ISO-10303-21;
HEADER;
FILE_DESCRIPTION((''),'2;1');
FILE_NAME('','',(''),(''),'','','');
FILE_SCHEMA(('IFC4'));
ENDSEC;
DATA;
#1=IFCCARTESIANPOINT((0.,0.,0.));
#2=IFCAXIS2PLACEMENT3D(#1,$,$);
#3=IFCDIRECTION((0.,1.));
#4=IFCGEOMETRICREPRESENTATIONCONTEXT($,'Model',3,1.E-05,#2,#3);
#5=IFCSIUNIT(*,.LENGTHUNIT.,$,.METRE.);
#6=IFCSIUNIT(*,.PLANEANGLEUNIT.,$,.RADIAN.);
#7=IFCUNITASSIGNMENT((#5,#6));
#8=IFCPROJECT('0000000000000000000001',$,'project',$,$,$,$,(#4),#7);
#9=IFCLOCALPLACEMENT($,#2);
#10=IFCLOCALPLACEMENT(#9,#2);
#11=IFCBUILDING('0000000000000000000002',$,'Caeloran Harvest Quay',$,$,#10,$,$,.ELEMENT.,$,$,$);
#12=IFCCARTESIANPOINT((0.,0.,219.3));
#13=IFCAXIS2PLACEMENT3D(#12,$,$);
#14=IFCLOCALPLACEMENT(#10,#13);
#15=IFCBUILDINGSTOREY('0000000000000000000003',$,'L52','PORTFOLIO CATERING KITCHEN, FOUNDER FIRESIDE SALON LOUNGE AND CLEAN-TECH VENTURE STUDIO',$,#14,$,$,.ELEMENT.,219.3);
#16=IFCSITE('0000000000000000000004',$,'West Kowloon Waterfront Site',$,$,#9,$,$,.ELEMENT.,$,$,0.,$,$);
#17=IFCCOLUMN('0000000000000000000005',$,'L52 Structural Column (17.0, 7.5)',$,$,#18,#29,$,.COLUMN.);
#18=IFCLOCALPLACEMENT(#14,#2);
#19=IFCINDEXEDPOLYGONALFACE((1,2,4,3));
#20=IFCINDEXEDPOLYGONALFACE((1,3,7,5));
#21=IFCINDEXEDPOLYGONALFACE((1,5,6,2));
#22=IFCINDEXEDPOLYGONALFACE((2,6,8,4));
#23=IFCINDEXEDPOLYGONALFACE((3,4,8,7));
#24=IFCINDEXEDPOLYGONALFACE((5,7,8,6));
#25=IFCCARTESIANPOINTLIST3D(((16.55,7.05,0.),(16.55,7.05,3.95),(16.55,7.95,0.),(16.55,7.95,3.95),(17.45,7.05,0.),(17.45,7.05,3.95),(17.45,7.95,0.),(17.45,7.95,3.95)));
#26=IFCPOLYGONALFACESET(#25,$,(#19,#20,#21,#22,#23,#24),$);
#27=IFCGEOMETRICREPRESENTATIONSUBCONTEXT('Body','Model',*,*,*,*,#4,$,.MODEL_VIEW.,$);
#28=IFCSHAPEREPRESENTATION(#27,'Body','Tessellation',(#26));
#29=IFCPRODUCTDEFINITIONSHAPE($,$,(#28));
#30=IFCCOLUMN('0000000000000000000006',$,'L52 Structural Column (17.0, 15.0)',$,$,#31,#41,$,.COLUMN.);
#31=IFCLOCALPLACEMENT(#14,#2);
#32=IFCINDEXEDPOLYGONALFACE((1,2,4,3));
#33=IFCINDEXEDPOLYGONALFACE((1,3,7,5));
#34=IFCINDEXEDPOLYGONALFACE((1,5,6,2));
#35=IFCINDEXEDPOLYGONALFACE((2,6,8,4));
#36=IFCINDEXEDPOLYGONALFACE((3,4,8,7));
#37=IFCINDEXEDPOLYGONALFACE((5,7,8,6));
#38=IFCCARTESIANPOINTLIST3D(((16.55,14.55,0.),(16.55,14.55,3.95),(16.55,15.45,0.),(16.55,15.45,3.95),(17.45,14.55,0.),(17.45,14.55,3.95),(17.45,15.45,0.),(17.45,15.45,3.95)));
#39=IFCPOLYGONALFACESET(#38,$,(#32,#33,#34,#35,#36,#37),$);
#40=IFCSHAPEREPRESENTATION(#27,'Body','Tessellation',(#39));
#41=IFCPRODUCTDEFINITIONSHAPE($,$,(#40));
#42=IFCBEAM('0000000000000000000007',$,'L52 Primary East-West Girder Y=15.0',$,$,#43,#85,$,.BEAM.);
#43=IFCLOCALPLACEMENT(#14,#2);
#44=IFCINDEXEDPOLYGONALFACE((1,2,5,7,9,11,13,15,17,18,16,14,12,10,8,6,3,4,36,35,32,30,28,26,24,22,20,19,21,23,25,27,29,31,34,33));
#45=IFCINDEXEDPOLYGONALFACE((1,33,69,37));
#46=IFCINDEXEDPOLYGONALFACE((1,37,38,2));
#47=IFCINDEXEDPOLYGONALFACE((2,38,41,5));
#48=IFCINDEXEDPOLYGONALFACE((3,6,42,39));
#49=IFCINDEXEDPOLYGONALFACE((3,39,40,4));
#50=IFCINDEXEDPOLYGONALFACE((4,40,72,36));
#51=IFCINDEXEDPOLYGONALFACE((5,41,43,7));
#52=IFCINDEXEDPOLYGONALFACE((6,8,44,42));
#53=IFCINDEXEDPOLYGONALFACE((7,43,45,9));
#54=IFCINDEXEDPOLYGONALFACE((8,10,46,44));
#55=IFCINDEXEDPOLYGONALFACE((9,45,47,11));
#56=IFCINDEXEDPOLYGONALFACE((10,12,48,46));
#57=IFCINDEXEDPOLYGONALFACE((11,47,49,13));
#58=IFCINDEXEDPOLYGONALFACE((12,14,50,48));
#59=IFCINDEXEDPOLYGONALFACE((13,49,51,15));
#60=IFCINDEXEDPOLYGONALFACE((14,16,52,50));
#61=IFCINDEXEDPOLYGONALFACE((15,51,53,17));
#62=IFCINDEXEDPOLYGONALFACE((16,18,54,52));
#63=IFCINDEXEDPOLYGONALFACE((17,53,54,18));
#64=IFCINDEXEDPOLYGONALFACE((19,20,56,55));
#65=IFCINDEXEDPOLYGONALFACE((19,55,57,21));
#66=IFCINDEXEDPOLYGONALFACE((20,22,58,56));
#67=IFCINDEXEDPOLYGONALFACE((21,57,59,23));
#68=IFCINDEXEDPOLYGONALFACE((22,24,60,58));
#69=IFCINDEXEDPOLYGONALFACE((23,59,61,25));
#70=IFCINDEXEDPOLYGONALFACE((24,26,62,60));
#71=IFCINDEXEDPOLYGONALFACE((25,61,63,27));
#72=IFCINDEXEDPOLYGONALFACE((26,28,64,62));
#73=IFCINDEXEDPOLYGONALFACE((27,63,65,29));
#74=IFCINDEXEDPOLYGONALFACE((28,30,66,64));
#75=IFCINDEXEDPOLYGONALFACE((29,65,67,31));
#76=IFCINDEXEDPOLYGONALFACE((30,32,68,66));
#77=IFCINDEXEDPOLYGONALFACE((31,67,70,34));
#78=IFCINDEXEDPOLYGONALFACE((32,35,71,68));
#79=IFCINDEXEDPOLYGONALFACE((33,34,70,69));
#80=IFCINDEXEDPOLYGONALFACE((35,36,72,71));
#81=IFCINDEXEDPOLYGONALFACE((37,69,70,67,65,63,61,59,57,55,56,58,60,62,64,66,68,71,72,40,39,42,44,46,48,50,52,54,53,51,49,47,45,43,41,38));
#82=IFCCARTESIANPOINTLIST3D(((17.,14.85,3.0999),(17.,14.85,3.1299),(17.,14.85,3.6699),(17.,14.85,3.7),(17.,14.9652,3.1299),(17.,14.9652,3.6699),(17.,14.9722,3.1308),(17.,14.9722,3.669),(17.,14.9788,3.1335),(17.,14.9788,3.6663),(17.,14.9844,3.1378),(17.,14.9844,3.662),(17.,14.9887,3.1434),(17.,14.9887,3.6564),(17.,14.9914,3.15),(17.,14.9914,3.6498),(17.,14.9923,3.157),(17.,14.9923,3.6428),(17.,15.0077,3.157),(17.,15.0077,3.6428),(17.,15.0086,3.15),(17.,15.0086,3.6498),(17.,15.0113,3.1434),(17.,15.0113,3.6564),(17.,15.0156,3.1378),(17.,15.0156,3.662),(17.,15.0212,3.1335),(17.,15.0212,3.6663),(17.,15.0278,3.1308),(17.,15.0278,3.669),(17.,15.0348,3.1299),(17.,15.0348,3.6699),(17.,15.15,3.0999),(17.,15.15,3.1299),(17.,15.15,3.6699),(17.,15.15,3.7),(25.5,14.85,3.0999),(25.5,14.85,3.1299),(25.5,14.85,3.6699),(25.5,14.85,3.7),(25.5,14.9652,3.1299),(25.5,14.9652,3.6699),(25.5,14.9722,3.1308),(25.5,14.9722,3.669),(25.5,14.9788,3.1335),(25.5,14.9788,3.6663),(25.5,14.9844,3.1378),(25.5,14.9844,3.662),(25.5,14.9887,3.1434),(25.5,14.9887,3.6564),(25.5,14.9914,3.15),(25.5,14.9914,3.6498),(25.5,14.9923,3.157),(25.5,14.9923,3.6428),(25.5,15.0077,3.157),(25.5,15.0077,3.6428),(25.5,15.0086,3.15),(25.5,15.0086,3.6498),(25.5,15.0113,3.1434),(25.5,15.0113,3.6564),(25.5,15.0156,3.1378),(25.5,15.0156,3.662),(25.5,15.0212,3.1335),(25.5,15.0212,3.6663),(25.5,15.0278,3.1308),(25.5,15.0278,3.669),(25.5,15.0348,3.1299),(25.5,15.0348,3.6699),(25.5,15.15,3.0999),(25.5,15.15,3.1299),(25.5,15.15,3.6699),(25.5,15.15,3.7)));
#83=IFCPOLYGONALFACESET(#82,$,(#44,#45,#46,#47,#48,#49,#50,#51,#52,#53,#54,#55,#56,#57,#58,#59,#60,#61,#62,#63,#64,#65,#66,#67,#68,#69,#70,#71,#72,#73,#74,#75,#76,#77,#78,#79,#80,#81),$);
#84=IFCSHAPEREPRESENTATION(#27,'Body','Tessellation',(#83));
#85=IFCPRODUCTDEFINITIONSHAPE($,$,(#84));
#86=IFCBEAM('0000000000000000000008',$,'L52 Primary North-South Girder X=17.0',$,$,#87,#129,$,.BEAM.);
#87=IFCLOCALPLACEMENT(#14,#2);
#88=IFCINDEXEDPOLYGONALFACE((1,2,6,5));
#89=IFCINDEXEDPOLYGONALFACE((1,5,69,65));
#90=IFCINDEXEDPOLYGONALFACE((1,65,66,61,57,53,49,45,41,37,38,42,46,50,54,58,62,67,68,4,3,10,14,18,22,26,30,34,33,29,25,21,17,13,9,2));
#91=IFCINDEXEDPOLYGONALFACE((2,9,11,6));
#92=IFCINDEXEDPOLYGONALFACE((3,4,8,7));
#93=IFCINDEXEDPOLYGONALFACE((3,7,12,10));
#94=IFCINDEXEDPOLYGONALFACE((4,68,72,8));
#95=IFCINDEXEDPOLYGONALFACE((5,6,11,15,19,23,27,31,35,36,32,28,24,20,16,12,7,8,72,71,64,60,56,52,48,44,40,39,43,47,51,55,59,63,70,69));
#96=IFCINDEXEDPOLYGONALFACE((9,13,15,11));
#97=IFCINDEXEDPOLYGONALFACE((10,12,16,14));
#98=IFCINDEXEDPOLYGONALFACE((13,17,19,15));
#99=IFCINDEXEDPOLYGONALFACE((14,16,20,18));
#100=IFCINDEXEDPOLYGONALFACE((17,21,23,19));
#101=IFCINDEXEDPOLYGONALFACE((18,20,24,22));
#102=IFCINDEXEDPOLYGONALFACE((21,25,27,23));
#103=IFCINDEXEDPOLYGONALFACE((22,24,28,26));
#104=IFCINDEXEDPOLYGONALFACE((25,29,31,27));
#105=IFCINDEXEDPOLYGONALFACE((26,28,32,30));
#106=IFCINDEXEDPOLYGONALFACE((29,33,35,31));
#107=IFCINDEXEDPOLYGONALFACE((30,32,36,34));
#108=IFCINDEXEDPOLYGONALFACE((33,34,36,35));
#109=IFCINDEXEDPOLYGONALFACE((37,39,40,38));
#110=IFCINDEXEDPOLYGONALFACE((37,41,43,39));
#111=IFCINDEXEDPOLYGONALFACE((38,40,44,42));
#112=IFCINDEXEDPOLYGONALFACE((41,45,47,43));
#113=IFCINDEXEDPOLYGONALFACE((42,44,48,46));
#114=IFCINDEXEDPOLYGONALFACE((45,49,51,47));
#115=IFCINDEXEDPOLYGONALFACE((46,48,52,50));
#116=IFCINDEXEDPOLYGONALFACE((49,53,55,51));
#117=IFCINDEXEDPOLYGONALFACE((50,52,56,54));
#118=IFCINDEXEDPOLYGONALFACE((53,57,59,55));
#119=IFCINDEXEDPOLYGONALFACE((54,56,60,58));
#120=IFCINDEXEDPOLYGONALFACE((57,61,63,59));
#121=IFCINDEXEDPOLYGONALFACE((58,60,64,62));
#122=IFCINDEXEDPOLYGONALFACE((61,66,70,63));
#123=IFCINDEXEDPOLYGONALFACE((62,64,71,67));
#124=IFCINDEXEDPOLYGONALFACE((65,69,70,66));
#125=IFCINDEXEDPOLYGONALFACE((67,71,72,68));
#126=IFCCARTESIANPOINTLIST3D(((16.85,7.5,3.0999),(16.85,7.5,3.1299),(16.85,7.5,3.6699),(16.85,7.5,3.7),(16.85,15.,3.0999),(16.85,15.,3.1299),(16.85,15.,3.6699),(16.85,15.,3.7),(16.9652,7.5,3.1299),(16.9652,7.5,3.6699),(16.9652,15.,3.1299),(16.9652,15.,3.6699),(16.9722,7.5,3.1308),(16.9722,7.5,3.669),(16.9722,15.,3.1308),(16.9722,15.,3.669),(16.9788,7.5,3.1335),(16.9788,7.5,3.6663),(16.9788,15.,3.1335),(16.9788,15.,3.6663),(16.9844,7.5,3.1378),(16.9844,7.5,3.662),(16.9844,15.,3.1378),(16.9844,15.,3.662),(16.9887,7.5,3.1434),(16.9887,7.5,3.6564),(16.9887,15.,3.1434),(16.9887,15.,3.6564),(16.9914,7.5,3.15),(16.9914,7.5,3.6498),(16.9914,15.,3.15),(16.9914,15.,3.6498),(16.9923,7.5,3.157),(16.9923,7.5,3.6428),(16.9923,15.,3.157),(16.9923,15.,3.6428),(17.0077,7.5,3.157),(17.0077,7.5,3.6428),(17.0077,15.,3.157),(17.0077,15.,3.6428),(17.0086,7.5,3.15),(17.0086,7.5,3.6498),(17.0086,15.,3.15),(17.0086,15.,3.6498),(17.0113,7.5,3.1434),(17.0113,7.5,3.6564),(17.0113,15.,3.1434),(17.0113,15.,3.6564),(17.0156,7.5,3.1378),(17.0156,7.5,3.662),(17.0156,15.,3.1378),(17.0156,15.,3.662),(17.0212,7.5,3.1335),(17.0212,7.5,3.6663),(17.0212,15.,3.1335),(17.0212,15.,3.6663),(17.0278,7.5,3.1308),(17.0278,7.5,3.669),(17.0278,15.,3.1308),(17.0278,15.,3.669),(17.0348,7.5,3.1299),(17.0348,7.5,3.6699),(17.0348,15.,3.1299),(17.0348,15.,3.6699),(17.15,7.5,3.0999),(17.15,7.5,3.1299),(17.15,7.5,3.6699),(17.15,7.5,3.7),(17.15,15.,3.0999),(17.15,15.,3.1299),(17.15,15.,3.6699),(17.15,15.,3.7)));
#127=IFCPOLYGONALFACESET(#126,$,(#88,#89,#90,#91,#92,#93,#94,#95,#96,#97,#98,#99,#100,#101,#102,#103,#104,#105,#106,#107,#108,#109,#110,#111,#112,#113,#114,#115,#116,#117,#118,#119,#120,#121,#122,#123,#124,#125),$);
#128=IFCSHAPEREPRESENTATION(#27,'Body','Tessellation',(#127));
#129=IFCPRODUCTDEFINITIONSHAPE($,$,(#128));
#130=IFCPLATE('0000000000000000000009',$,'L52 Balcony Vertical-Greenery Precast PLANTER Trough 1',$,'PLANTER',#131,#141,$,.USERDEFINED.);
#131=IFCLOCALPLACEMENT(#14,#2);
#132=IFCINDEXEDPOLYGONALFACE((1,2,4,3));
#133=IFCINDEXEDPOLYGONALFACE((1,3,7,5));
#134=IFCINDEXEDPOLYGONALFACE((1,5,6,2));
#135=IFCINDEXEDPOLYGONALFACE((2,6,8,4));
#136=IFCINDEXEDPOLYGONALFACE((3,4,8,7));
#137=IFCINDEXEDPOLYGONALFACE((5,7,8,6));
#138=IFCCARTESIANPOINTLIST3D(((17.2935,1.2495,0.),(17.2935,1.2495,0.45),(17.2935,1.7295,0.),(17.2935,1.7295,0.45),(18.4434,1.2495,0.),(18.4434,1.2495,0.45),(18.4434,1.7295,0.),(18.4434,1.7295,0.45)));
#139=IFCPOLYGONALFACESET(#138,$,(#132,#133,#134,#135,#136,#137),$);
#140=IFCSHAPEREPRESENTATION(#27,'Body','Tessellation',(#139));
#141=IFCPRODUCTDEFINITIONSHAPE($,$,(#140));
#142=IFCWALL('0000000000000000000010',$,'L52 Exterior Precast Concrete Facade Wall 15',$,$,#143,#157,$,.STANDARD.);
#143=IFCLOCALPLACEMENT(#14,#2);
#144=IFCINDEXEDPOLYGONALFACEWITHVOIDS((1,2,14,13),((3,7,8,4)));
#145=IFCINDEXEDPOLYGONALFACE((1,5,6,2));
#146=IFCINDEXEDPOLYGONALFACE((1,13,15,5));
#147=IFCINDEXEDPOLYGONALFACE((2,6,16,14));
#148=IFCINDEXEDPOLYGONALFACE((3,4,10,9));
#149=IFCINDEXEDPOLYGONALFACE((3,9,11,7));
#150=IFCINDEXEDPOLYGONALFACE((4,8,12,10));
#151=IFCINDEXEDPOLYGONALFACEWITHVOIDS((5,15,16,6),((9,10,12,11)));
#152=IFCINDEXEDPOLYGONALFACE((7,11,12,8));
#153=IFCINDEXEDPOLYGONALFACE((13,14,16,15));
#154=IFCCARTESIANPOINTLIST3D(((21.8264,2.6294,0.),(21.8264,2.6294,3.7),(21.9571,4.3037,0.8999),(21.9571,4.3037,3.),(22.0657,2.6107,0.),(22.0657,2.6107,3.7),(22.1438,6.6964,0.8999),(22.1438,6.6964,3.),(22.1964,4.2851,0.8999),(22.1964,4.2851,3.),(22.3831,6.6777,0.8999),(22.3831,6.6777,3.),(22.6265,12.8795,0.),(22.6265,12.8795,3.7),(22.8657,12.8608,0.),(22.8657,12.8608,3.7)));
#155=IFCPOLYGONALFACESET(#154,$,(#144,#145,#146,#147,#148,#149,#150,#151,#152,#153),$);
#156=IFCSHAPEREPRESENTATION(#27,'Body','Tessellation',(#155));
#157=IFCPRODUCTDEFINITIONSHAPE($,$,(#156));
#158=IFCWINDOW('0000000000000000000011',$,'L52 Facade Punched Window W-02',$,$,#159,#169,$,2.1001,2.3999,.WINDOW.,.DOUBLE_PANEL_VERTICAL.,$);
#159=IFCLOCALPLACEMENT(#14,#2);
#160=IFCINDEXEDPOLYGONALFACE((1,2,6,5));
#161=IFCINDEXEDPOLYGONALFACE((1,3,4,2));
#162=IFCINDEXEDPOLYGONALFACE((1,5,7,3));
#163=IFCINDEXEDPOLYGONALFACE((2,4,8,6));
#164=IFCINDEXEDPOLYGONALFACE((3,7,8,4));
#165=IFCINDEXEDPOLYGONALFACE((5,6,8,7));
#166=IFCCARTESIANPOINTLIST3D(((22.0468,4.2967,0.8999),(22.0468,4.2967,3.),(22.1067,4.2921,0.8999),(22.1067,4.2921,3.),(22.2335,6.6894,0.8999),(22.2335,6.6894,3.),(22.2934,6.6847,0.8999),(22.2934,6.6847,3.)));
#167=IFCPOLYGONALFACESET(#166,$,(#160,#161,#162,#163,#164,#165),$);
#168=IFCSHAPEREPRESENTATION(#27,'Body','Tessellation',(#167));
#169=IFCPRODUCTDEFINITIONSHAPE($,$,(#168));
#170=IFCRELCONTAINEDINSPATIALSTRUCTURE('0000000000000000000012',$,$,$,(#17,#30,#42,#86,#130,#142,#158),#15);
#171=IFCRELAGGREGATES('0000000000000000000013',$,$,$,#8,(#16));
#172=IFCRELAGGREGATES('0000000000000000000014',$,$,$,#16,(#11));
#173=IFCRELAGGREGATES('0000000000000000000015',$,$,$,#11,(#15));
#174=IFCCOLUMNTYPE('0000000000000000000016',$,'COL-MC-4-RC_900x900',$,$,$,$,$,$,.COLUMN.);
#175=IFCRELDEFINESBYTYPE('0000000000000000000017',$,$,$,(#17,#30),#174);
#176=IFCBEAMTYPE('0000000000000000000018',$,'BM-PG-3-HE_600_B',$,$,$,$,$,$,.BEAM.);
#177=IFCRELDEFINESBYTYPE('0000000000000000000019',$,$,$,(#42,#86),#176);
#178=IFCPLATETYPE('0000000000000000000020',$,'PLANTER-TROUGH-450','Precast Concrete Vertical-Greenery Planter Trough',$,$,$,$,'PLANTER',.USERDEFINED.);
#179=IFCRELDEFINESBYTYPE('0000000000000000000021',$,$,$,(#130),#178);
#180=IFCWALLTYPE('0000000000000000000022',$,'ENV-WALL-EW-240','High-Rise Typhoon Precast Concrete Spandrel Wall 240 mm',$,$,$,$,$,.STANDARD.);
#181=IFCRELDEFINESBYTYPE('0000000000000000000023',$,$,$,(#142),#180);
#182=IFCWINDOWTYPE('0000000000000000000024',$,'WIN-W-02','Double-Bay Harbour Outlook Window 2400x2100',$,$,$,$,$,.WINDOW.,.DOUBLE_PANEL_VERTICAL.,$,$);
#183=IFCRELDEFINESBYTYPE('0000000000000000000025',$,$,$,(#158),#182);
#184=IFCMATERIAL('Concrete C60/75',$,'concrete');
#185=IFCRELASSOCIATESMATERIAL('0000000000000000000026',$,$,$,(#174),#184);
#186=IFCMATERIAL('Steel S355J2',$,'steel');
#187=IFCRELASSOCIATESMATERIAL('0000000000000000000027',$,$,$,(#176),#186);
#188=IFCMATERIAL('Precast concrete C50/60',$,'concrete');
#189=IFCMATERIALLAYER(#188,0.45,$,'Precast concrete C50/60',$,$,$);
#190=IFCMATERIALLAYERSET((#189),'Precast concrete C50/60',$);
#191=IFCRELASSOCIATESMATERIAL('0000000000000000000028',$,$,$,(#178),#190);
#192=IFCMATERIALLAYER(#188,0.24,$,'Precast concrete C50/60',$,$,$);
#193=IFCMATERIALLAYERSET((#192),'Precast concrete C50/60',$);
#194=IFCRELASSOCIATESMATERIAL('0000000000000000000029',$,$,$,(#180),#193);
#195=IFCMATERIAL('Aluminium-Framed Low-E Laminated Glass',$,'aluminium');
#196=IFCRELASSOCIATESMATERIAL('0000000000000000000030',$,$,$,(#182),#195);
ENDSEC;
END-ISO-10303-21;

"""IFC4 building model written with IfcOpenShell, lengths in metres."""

from ifc_helpers import new_model, si_unit, direction, frame, frame_2d, origin, origin_2d, place, context, subcontext, project, spatial, rectangle, i_section, extrude, material, layer, layer_set, material_profile, profile_set, type_object, element, fill, save


model = new_model("IFC4")

# Units and contexts
model_context = context("Model", 3, precision=1e-05, world=origin(), true_north=direction((0.0, 1.0)))
body_context = subcontext(model_context, "Body", "Model", "MODEL_VIEW")
ifc_project = project(units=[si_unit("LENGTHUNIT", "METRE"), si_unit("PLANEANGLEUNIT", "RADIAN")], contexts=[model_context])

# Site, building, storey
site_placement = place(None, origin())
site = spatial("IfcSite", under=ifc_project, at=site_placement, Name="West Kowloon Waterfront Site", CompositionType="ELEMENT", RefElevation=0.0)
building_placement = place(site_placement, origin())
building = spatial("IfcBuilding", under=site, at=building_placement, Name="Caeloran Harvest Quay", CompositionType="ELEMENT")
storey_placement = place(building_placement, frame((0.0, 0.0, 219.3)))
storey = spatial("IfcBuildingStorey", under=building, at=storey_placement, Name="L52", Description="PORTFOLIO CATERING KITCHEN, FOUNDER FIRESIDE SALON LOUNGE AND CLEAN-TECH VENTURE STUDIO", CompositionType="ELEMENT", Elevation=219.3)

# Columns
ifc_material_1 = material(Name="Concrete C60/75", Category="concrete")
ifc_material_profile_1 = material_profile(ifc_material_1, rectangle(XDim=0.8999, YDim=0.8999, at=origin_2d()), Name="RC 900x900")
ifc_profile_set_1 = profile_set([ifc_material_profile_1], Name="Concrete C60/75")
column_type = type_object("IfcColumnType", Name="COL-MC-4-RC_900x900", PredefinedType="COLUMN", material=ifc_profile_set_1)
for number, where, z_axis, x_axis, name in (
    (1, (17.0, 7.5, 0.0), (0.0, 0.0, 1.0), (1.0, 0.0, 0.0), "L52 Structural Column (17.0, 7.5)"),
    (2, (17.0, 15.0, 0.0), (0.0, 0.0, 1.0), (1.0, 0.0, 0.0), "L52 Structural Column (17.0, 15.0)"),
):
    element("IfcColumn", number, at=place(storey_placement, frame(where, z_axis=z_axis, x_axis=x_axis)), inside=storey, type_object=column_type, Name=name, PredefinedType="COLUMN", context=body_context, shape_type="SweptSolid", body=[
        extrude(rectangle(XDim=0.8999, YDim=0.8999, at=origin_2d()), origin(), (0.0, 0.0, 1.0), 3.95),
    ])

# Beams
ifc_material_2 = material(Name="Steel S355J2", Category="steel")
ifc_material_profile_2 = material_profile(ifc_material_2, i_section(OverallWidth=0.3, OverallDepth=0.6001, WebThickness=0.0154, FlangeThickness=0.03, FilletRadius=0.0271, at=origin_2d()), Name="HE 600 B")
ifc_profile_set_2 = profile_set([ifc_material_profile_2], Name="Steel S355J2")
beam_type = type_object("IfcBeamType", Name="BM-PG-3-HE_600_B", PredefinedType="BEAM", material=ifc_profile_set_2)
beam_1_placement = place(storey_placement, frame((17.0, 15.0, 3.3999), z_axis=(1.0, 0.0, 0.0), x_axis=(0.0, 1.0, 0.0)))
element("IfcBeam", 3, at=beam_1_placement, inside=storey, type_object=beam_type, Name="L52 Primary East-West Girder Y=15.0", PredefinedType="BEAM", context=body_context, shape_type="SweptSolid", body=[
    extrude(i_section(OverallWidth=0.3, OverallDepth=0.6001, WebThickness=0.0154, FlangeThickness=0.03, FilletRadius=0.0271, at=origin_2d()), origin(), (0.0, 0.0, 1.0), 8.5),
])
beam_2_placement = place(storey_placement, frame((17.0, 7.5, 3.3999), z_axis=(0.0, 1.0, 0.0), x_axis=(-1.0, 0.0, 0.0)))
element("IfcBeam", 4, at=beam_2_placement, inside=storey, type_object=beam_type, Name="L52 Primary North-South Girder X=17.0", PredefinedType="BEAM", context=body_context, shape_type="SweptSolid", body=[
    extrude(i_section(OverallWidth=0.3, OverallDepth=0.6001, WebThickness=0.0154, FlangeThickness=0.03, FilletRadius=0.0271, at=origin_2d()), origin(), (0.0, 0.0, 1.0), 7.5),
])

# Plate
ifc_material_3 = material(Name="Precast concrete C50/60", Category="concrete")
ifc_layer_1 = layer(ifc_material_3, 0.45, Name="Precast concrete C50/60")
ifc_layer_set_1 = layer_set([ifc_layer_1], Name="Precast concrete C50/60")
plate_type = type_object("IfcPlateType", Name="PLANTER-TROUGH-450", Description="Precast Concrete Vertical-Greenery Planter Trough", ElementType="PLANTER", PredefinedType="USERDEFINED", material=ifc_layer_set_1)
plate_placement = place(storey_placement, frame((17.8684, 1.4895, 0.0), z_axis=(0.0, 0.0, 1.0), x_axis=(1.0, 0.0, 0.0)))
element("IfcPlate", 5, at=plate_placement, inside=storey, type_object=plate_type, Name="L52 Balcony Vertical-Greenery Precast PLANTER Trough 1", ObjectType="PLANTER", PredefinedType="USERDEFINED", context=body_context, shape_type="SweptSolid", body=[
    extrude(rectangle(XDim=1.1499, YDim=0.48, at=origin_2d()), origin(), (0.0, 0.0, 1.0), 0.45),
])

# Wall, opening, window
ifc_layer_2 = layer(ifc_material_3, 0.24, Name="Precast concrete C50/60")
ifc_layer_set_2 = layer_set([ifc_layer_2], Name="Precast concrete C50/60")
wall_type_1 = type_object("IfcWallType", Name="ENV-WALL-EW-240", Description="High-Rise Typhoon Precast Concrete Spandrel Wall 240 mm", PredefinedType="STANDARD", material=ifc_layer_set_2)
wall_1_placement = place(storey_placement, frame((22.7461, 12.8701, 0.0), z_axis=(0.0, 0.0, 1.0), x_axis=(-0.077817, -0.996968, 0.0)))
wall_1 = element("IfcWall", 6, at=wall_1_placement, inside=storey, type_object=wall_type_1, Name="L52 Exterior Precast Concrete Facade Wall 15", PredefinedType="STANDARD", context=body_context, shape_type="SweptSolid", body=[
    extrude(rectangle(XDim=10.2812, YDim=0.24, at=frame_2d((5.1406, 0.0))), origin(), (0.0, 0.0, 1.0), 3.7),
])
opening_1_placement = place(wall_1_placement, frame((6.2019, 0.0, 0.8999)))
opening_1 = element("IfcOpeningElement", 7, at=opening_1_placement, cuts=wall_1, PredefinedType="OPENING", context=body_context, shape_type="SweptSolid", body=[
    extrude(rectangle(XDim=2.3999, YDim=2.1001, at=frame_2d((1.2, 1.05))), frame((0.0, 0.1299, 0.0), z_axis=(0.0, -1.0, 0.0), x_axis=(1.0, 0.0, 0.0)), (0.0, 0.0, 1.0), 0.26),
])
ifc_material_4 = material(Name="Aluminium-Framed Low-E Laminated Glass", Category="aluminium")
window_type = type_object("IfcWindowType", Name="WIN-W-02", Description="Double-Bay Harbour Outlook Window 2400x2100", PartitioningType="DOUBLE_PANEL_VERTICAL", PredefinedType="WINDOW", material=ifc_material_4)
window_placement = place(opening_1_placement, origin())
window = element("IfcWindow", 8, at=window_placement, inside=storey, type_object=window_type, Name="L52 Facade Punched Window W-02", OverallHeight=2.1001, OverallWidth=2.3999, PartitioningType="DOUBLE_PANEL_VERTICAL", PredefinedType="WINDOW", context=body_context, shape_type="SweptSolid", body=[
    extrude(rectangle(XDim=2.3999, YDim=2.1001, at=frame_2d((1.2, 1.05))), frame((0.0, 0.03, 0.0), z_axis=(0.0, -1.0, 0.0), x_axis=(1.0, 0.0, 0.0)), (0.0, 0.0, 1.0), 0.0601),
])
fill(opening_1, window)

save(model, "model.ifc")
